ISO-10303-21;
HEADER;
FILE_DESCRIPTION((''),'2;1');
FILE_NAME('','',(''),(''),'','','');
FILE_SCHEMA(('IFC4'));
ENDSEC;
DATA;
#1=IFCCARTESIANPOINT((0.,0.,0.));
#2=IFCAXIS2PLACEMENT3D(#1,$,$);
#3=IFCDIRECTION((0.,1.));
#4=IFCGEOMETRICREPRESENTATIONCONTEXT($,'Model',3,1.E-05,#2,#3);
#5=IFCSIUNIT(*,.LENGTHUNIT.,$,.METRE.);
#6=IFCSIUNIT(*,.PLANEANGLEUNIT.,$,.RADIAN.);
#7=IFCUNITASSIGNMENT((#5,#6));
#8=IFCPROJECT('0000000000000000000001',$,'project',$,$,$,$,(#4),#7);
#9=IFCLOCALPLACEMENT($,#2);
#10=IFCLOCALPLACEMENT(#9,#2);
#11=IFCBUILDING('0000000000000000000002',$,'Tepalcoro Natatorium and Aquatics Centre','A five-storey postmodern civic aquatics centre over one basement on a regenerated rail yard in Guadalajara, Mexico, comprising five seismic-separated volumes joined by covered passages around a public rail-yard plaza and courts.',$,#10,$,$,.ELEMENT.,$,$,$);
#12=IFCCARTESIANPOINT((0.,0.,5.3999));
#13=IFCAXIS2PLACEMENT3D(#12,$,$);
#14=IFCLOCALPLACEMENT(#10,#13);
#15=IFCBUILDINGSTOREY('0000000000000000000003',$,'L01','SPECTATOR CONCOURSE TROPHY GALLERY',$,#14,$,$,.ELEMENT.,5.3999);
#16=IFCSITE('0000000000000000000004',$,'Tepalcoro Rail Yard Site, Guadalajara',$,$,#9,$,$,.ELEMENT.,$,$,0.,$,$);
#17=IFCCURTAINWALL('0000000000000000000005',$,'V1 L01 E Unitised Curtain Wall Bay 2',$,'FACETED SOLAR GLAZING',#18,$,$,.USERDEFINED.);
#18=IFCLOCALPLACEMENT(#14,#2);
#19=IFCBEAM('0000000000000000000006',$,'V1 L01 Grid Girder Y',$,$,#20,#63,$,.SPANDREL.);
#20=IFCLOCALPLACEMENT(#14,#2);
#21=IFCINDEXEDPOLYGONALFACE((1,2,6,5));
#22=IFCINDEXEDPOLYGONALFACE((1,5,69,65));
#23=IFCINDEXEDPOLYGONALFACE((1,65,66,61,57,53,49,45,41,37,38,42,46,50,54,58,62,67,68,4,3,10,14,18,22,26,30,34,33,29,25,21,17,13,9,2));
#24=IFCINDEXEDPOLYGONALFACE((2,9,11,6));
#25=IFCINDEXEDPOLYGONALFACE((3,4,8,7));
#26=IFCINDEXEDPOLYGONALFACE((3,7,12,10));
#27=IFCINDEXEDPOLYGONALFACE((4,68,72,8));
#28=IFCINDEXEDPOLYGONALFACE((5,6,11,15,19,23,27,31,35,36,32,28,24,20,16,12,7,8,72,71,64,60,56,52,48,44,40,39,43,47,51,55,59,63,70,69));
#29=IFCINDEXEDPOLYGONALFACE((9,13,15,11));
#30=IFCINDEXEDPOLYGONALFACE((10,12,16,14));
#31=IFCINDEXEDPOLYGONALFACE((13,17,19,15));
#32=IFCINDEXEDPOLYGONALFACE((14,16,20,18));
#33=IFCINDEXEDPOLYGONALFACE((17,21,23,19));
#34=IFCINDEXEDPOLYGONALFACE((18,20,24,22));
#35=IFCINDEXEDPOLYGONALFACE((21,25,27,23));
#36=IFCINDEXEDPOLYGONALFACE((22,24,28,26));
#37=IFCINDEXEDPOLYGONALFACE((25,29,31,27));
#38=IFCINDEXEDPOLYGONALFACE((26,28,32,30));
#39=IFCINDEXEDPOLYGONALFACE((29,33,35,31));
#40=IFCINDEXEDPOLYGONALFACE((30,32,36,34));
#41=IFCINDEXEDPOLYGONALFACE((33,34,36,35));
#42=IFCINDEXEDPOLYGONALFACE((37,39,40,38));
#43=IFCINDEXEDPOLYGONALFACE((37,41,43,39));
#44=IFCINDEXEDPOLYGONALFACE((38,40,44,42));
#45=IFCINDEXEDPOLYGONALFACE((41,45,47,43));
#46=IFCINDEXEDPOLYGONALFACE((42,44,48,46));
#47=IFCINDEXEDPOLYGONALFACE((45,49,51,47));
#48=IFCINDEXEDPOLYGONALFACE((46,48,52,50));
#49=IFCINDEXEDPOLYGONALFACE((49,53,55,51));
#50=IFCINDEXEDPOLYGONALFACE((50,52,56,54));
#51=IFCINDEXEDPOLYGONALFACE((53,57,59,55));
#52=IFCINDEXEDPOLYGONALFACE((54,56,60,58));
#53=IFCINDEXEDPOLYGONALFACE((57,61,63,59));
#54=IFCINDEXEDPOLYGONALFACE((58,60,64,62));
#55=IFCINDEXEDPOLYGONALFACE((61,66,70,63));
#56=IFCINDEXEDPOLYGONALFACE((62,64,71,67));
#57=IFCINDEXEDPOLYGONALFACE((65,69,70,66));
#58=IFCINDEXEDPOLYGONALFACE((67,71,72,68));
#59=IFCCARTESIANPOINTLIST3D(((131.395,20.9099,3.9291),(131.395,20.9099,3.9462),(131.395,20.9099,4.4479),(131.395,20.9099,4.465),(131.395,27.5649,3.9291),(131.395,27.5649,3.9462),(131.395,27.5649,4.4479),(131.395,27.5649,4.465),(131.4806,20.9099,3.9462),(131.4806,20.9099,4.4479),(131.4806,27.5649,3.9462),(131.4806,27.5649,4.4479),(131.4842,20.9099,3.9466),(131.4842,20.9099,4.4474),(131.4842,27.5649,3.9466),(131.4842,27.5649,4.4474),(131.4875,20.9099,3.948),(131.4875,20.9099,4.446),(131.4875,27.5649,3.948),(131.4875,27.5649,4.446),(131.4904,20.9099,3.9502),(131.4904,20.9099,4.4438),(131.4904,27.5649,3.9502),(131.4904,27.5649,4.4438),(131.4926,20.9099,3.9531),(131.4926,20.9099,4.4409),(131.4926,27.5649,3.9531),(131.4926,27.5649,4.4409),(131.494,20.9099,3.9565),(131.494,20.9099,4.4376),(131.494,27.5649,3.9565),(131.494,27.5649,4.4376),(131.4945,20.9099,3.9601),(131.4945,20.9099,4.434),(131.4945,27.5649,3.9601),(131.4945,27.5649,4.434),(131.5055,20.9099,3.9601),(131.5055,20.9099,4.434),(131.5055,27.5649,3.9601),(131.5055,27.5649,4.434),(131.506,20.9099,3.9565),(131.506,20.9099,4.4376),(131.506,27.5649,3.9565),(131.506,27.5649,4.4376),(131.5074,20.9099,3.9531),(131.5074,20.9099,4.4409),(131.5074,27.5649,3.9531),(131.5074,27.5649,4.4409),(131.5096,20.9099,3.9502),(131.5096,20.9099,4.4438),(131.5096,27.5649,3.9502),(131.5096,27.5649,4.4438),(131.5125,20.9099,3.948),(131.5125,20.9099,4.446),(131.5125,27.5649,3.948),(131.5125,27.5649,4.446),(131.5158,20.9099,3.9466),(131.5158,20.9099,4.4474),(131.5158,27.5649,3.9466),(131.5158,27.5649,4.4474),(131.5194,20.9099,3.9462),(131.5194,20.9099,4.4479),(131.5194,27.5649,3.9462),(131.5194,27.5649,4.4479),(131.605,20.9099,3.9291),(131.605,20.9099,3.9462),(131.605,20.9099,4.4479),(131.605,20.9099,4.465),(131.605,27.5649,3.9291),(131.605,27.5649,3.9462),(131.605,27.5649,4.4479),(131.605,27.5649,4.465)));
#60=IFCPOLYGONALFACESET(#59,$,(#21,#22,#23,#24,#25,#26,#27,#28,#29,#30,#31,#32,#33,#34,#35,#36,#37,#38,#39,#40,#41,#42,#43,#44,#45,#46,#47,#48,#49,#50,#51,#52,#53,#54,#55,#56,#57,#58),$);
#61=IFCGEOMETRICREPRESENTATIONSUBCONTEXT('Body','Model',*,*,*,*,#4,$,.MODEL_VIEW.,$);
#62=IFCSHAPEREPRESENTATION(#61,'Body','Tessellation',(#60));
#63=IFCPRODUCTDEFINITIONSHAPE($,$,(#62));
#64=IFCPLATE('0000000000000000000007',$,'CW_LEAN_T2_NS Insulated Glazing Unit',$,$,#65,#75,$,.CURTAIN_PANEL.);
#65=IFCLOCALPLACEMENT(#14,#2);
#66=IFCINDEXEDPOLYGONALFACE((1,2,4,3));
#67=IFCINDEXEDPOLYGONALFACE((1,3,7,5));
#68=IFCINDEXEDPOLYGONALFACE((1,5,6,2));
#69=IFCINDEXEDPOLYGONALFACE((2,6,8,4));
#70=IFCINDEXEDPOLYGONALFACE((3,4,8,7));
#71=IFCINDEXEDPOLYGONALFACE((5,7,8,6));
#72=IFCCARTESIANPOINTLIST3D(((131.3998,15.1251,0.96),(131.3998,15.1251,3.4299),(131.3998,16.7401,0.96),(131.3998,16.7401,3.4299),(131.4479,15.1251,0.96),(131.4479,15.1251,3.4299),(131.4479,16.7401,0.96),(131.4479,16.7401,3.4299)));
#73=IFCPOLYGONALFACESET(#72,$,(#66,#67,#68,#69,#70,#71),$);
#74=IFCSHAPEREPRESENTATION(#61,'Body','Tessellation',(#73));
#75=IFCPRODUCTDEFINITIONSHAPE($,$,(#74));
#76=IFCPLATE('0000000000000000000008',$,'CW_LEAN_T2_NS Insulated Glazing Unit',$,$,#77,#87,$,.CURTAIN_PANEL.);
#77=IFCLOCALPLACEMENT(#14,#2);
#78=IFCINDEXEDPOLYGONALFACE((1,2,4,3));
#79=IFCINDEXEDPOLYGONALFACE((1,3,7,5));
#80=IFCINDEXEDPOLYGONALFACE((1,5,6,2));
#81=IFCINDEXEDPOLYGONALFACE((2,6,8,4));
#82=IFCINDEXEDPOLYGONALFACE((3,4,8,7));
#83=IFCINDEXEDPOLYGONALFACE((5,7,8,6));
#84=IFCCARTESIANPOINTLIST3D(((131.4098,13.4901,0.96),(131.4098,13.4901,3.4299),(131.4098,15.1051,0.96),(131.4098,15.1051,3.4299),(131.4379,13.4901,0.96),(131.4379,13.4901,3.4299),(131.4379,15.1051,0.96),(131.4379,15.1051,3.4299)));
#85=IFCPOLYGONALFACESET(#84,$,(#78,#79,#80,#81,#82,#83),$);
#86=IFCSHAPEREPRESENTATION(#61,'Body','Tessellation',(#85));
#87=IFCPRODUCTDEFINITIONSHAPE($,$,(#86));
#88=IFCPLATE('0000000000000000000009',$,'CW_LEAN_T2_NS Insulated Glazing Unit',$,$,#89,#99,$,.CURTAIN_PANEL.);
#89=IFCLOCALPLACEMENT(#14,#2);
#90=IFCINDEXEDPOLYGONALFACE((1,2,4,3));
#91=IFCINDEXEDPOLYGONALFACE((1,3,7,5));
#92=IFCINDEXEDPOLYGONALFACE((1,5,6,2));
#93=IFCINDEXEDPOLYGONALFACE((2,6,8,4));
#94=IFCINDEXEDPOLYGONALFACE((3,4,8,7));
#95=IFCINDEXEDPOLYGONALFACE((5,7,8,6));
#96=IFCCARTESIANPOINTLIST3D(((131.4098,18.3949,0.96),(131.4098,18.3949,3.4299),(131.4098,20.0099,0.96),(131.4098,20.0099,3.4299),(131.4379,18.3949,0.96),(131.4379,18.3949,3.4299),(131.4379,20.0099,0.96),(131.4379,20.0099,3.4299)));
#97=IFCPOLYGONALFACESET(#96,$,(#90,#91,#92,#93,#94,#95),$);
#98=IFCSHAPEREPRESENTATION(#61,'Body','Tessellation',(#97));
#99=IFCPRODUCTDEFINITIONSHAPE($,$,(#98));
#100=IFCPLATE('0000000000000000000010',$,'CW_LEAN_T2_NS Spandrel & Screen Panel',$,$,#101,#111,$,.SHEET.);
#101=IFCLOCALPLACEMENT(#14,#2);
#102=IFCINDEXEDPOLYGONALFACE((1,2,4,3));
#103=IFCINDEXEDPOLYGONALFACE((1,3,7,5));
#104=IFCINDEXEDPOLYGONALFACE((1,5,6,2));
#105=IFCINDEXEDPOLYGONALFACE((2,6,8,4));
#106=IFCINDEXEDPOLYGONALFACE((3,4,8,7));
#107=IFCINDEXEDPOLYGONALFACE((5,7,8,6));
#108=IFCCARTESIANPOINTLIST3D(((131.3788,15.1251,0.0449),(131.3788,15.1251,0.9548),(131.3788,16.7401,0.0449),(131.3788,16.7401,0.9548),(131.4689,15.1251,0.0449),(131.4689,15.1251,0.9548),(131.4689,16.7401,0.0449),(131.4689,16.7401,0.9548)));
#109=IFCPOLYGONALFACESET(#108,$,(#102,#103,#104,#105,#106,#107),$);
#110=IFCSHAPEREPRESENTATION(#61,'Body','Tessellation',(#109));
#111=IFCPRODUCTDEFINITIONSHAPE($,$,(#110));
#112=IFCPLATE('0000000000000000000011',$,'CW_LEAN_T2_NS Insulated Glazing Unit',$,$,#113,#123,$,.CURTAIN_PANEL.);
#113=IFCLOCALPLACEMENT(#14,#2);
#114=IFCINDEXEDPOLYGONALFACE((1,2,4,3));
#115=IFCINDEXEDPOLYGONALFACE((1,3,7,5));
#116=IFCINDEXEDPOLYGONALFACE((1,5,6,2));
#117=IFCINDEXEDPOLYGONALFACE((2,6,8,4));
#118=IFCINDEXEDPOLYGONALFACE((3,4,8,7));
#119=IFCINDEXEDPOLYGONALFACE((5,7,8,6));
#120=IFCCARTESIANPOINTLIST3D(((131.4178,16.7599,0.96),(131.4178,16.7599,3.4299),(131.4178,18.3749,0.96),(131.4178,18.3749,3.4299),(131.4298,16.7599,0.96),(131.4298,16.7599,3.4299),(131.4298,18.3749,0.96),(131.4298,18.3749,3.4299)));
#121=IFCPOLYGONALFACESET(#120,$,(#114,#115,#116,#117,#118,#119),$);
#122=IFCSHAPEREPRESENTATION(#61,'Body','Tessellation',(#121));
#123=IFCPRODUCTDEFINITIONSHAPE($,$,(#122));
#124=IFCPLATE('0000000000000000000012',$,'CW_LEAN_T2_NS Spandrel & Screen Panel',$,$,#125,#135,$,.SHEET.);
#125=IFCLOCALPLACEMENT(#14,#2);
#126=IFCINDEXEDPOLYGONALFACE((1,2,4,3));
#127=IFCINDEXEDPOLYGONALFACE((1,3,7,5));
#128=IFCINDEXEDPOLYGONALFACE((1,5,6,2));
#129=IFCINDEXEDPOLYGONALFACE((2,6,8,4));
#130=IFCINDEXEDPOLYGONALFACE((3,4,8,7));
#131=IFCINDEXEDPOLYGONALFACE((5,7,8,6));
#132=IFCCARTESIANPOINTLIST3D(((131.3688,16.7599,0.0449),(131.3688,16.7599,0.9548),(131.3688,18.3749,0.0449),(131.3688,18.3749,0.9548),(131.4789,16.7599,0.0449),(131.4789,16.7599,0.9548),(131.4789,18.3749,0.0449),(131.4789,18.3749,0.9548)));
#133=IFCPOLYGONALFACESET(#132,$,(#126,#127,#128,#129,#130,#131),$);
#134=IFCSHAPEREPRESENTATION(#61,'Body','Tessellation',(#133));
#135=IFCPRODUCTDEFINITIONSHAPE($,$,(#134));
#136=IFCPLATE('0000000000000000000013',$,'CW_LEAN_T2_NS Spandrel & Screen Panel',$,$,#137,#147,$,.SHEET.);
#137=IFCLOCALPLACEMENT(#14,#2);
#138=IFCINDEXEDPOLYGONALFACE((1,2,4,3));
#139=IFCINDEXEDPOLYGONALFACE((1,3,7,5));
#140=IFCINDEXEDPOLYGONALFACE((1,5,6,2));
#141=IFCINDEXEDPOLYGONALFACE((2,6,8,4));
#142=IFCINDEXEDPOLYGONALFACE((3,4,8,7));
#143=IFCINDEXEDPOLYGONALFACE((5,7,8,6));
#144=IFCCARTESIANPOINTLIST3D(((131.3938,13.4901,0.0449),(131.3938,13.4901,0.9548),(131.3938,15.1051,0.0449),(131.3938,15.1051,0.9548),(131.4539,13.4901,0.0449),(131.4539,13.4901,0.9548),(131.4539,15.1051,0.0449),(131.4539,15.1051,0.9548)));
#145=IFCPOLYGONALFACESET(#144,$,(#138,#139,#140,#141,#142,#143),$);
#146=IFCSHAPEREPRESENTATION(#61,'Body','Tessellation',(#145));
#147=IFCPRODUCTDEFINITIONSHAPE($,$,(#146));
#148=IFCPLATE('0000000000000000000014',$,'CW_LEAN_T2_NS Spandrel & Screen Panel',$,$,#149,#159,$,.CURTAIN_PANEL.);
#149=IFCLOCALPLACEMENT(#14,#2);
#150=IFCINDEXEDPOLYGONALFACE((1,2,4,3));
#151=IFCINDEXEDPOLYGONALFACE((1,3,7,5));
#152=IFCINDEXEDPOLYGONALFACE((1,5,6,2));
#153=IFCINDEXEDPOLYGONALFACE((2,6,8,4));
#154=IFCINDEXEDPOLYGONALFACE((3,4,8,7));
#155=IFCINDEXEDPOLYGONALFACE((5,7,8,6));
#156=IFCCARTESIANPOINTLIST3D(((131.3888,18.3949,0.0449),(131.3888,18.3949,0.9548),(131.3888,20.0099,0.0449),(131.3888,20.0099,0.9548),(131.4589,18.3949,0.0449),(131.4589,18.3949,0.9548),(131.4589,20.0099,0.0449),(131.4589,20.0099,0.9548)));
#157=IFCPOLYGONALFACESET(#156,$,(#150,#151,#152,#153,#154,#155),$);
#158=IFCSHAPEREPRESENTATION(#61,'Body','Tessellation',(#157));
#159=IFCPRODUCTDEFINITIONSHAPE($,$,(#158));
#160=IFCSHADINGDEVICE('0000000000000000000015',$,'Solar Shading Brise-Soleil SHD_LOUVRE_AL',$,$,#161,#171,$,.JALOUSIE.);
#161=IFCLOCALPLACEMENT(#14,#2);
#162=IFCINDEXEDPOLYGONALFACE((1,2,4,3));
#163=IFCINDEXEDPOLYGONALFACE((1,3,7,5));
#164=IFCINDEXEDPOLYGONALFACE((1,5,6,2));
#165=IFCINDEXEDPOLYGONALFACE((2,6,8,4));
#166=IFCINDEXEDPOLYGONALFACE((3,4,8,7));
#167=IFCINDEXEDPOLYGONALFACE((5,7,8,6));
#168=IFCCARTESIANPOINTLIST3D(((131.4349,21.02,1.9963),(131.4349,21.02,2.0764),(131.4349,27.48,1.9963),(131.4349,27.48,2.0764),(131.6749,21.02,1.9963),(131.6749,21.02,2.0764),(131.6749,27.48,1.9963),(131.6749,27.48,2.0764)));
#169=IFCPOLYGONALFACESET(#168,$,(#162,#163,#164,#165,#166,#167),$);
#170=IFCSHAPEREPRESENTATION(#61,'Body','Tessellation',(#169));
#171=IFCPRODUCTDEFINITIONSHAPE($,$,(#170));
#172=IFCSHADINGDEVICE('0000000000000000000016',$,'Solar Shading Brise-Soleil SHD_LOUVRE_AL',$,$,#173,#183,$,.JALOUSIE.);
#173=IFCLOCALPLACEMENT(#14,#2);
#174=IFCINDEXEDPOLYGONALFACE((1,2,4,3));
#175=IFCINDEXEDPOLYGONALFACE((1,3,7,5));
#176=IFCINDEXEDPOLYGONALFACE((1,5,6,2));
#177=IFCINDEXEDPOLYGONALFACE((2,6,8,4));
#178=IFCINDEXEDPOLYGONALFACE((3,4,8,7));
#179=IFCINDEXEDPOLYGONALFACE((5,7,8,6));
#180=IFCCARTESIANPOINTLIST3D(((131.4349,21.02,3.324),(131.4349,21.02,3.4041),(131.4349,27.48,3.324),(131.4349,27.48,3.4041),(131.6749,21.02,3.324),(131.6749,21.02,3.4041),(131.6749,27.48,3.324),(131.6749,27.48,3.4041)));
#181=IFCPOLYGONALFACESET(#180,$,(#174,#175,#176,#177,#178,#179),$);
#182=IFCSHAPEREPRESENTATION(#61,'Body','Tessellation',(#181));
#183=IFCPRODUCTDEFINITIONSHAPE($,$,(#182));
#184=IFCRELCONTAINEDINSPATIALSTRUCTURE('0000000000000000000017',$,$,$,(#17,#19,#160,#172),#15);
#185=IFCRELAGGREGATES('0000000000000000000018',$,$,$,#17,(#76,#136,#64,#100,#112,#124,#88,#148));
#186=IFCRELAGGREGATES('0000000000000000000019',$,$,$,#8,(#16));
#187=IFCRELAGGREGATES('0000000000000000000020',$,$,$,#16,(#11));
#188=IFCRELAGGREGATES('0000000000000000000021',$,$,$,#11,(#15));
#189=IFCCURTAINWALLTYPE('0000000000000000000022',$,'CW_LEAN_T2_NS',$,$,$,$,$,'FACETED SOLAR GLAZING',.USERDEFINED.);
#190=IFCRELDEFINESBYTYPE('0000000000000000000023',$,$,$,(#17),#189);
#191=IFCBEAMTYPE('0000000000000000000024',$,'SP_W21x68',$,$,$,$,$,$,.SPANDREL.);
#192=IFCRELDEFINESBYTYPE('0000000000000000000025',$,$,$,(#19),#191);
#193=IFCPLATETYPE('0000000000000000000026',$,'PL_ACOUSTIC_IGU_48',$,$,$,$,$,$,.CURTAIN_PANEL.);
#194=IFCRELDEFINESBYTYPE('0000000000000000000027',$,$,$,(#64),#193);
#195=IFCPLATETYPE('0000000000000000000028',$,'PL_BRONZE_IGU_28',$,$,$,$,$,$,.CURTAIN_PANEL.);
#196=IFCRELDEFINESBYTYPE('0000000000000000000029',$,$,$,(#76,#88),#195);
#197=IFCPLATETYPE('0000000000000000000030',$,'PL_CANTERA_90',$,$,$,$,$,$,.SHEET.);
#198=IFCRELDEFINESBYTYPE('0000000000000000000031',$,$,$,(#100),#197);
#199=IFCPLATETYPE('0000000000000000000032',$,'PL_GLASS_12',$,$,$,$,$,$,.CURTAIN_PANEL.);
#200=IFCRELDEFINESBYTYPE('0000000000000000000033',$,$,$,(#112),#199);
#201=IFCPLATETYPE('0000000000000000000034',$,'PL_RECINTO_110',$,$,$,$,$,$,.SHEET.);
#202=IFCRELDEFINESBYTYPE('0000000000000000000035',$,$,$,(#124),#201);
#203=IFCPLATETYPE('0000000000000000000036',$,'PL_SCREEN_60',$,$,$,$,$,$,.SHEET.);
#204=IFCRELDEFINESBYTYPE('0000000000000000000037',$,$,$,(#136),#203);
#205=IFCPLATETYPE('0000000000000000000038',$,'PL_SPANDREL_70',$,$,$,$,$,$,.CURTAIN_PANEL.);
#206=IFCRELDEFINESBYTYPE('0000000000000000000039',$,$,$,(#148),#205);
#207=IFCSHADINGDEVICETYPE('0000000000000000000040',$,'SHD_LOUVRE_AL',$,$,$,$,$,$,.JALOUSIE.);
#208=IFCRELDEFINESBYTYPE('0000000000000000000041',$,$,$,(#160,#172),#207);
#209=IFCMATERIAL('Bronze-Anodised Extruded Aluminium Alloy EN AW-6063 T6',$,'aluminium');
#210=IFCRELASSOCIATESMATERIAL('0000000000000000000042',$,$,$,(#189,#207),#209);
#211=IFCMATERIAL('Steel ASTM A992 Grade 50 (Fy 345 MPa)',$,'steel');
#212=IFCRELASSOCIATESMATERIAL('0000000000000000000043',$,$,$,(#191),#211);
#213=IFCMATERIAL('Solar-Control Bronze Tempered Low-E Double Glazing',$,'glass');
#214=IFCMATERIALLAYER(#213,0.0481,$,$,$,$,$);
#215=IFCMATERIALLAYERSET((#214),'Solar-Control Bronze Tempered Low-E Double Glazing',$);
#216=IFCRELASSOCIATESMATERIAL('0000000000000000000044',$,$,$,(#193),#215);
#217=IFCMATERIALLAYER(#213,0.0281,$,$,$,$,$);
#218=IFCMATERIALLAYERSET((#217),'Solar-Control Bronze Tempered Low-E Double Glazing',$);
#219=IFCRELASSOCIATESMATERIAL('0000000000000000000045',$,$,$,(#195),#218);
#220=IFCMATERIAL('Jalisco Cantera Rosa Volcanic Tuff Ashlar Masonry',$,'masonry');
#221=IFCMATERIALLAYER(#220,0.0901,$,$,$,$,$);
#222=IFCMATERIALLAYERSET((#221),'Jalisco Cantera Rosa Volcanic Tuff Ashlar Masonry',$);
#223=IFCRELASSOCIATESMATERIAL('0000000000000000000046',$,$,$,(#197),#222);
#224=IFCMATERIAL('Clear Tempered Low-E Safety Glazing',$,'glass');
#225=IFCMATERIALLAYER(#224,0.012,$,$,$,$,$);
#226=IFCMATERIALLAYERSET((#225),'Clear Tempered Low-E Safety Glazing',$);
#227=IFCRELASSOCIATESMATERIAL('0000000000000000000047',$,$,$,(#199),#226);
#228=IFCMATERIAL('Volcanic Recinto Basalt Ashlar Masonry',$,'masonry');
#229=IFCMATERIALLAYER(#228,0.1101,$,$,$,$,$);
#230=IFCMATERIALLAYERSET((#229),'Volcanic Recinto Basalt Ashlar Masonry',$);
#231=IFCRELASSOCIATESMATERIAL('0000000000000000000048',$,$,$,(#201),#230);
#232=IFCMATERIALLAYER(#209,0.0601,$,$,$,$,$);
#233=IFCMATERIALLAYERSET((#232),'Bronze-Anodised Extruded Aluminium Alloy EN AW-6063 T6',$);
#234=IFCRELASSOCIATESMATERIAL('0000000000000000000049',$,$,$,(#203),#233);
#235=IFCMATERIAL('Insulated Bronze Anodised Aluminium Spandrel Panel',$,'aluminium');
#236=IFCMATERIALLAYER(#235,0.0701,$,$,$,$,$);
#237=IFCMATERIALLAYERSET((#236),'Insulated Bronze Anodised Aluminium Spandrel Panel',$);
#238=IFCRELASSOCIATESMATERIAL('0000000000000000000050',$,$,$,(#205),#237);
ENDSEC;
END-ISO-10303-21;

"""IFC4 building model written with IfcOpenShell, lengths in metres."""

from ifc_helpers import new_model, si_unit, direction, frame, origin, origin_2d, place, context, subcontext, project, spatial, rectangle, i_section, extrude, material, layer, layer_set, material_profile, profile_set, type_object, element, aggregate, save


model = new_model("IFC4")

# Units and contexts
model_context = context("Model", 3, precision=1e-05, world=origin(), true_north=direction((0.0, 1.0)))
body_context = subcontext(model_context, "Body", "Model", "MODEL_VIEW")
ifc_project = project(units=[si_unit("LENGTHUNIT", "METRE"), si_unit("PLANEANGLEUNIT", "RADIAN")], contexts=[model_context])

# Site, building, storey
site_placement = place(None, origin())
site = spatial("IfcSite", under=ifc_project, at=site_placement, Name="Tepalcoro Rail Yard Site, Guadalajara", CompositionType="ELEMENT", RefElevation=0.0)
building_placement = place(site_placement, origin())
building = spatial("IfcBuilding", under=site, at=building_placement, Name="Tepalcoro Natatorium and Aquatics Centre", Description="A five-storey postmodern civic aquatics centre over one basement on a regenerated rail yard in Guadalajara, Mexico, comprising five seismic-separated volumes joined by covered passages around a public rail-yard plaza and courts.", CompositionType="ELEMENT")
storey_placement = place(building_placement, frame((0.0, 0.0, 5.3999)))
storey = spatial("IfcBuildingStorey", under=building, at=storey_placement, Name="L01", Description="SPECTATOR CONCOURSE TROPHY GALLERY", CompositionType="ELEMENT", Elevation=5.3999)

# Curtain wall
ifc_material_1 = material(Name="Bronze-Anodised Extruded Aluminium Alloy EN AW-6063 T6", Category="aluminium")
curtain_wall_type_1 = type_object("IfcCurtainWallType", Name="CW_LEAN_T2_NS", ElementType="FACETED SOLAR GLAZING", PredefinedType="USERDEFINED", material=ifc_material_1)
curtain_wall_1_placement = place(storey_placement, origin())
curtain_wall_1 = element("IfcCurtainWall", 1, at=curtain_wall_1_placement, inside=storey, type_object=curtain_wall_type_1, Name="V1 L01 E Unitised Curtain Wall Bay 2", ObjectType="FACETED SOLAR GLAZING", PredefinedType="USERDEFINED")

# Beam
ifc_material_2 = material(Name="Steel ASTM A992 Grade 50 (Fy 345 MPa)", Category="steel")
ifc_material_profile_1 = material_profile(ifc_material_2, i_section(OverallWidth=0.21, OverallDepth=0.5359, WebThickness=0.011, FlangeThickness=0.0171, FilletRadius=0.0139, at=origin_2d()), Name="W21X68")
ifc_profile_set_1 = profile_set([ifc_material_profile_1], Name="Steel ASTM A992 Grade 50 (Fy 345 MPa)")
beam_type_1 = type_object("IfcBeamType", Name="SP_W21x68", PredefinedType="SPANDREL", material=ifc_profile_set_1)
beam_1_placement = place(storey_placement, frame((131.5, 20.9099, 4.197), z_axis=(0.0, 1.0, 0.0), x_axis=(-1.0, 0.0, 0.0)))
element("IfcBeam", 2, at=beam_1_placement, inside=storey, type_object=beam_type_1, Name="V1 L01 Grid Girder Y", PredefinedType="SPANDREL", context=body_context, shape_type="SweptSolid", body=[
    extrude(i_section(OverallWidth=0.21, OverallDepth=0.5359, WebThickness=0.011, FlangeThickness=0.0171, FilletRadius=0.0139, at=origin_2d()), origin(), (0.0, 0.0, 1.0), 6.655),
])

# Plates
ifc_material_3 = material(Name="Solar-Control Bronze Tempered Low-E Double Glazing", Category="glass")
ifc_layer_1 = layer(ifc_material_3, 0.0481)
ifc_layer_set_1 = layer_set([ifc_layer_1], Name="Solar-Control Bronze Tempered Low-E Double Glazing")
plate_type_1 = type_object("IfcPlateType", Name="PL_ACOUSTIC_IGU_48", PredefinedType="CURTAIN_PANEL", material=ifc_layer_set_1)
plate_1_placement = place(storey_placement, frame((131.4238, 15.9326, 0.96), z_axis=(0.0, 0.0, 1.0), x_axis=(1.0, 0.0, 0.0)))
plate_1 = element("IfcPlate", 3, at=plate_1_placement, type_object=plate_type_1, Name="CW_LEAN_T2_NS Insulated Glazing Unit", PredefinedType="CURTAIN_PANEL", context=body_context, shape_type="SweptSolid", body=[
    extrude(rectangle(XDim=0.0481, YDim=1.615, at=origin_2d()), origin(), (0.0, 0.0, 1.0), 2.47),
])
ifc_layer_2 = layer(ifc_material_3, 0.0281)
ifc_layer_set_2 = layer_set([ifc_layer_2], Name="Solar-Control Bronze Tempered Low-E Double Glazing")
plate_type_2 = type_object("IfcPlateType", Name="PL_BRONZE_IGU_28", PredefinedType="CURTAIN_PANEL", material=ifc_layer_set_2)
plate_2_placement = place(storey_placement, frame((131.4238, 14.2976, 0.96), z_axis=(0.0, 0.0, 1.0), x_axis=(1.0, 0.0, 0.0)))
plate_2 = element("IfcPlate", 4, at=plate_2_placement, type_object=plate_type_2, Name="CW_LEAN_T2_NS Insulated Glazing Unit", PredefinedType="CURTAIN_PANEL", context=body_context, shape_type="SweptSolid", body=[
    extrude(rectangle(XDim=0.0281, YDim=1.615, at=origin_2d()), origin(), (0.0, 0.0, 1.0), 2.47),
])
plate_3_placement = place(storey_placement, frame((131.4238, 19.2024, 0.96), z_axis=(0.0, 0.0, 1.0), x_axis=(1.0, 0.0, 0.0)))
plate_3 = element("IfcPlate", 5, at=plate_3_placement, type_object=plate_type_2, Name="CW_LEAN_T2_NS Insulated Glazing Unit", PredefinedType="CURTAIN_PANEL", context=body_context, shape_type="SweptSolid", body=[
    extrude(rectangle(XDim=0.0281, YDim=1.615, at=origin_2d()), origin(), (0.0, 0.0, 1.0), 2.47),
])
ifc_material_4 = material(Name="Jalisco Cantera Rosa Volcanic Tuff Ashlar Masonry", Category="masonry")
ifc_layer_3 = layer(ifc_material_4, 0.0901)
ifc_layer_set_3 = layer_set([ifc_layer_3], Name="Jalisco Cantera Rosa Volcanic Tuff Ashlar Masonry")
plate_type_3 = type_object("IfcPlateType", Name="PL_CANTERA_90", PredefinedType="SHEET", material=ifc_layer_set_3)
plate_4_placement = place(storey_placement, frame((131.4238, 15.9326, 0.0449), z_axis=(0.0, 0.0, 1.0), x_axis=(1.0, 0.0, 0.0)))
plate_4 = element("IfcPlate", 6, at=plate_4_placement, type_object=plate_type_3, Name="CW_LEAN_T2_NS Spandrel & Screen Panel", PredefinedType="SHEET", context=body_context, shape_type="SweptSolid", body=[
    extrude(rectangle(XDim=0.0901, YDim=1.615, at=origin_2d()), origin(), (0.0, 0.0, 1.0), 0.9099),
])
ifc_material_5 = material(Name="Clear Tempered Low-E Safety Glazing", Category="glass")
ifc_layer_4 = layer(ifc_material_5, 0.012)
ifc_layer_set_4 = layer_set([ifc_layer_4], Name="Clear Tempered Low-E Safety Glazing")
plate_type_4 = type_object("IfcPlateType", Name="PL_GLASS_12", PredefinedType="CURTAIN_PANEL", material=ifc_layer_set_4)
plate_5_placement = place(storey_placement, frame((131.4238, 17.5674, 0.96), z_axis=(0.0, 0.0, 1.0), x_axis=(1.0, 0.0, 0.0)))
plate_5 = element("IfcPlate", 7, at=plate_5_placement, type_object=plate_type_4, Name="CW_LEAN_T2_NS Insulated Glazing Unit", PredefinedType="CURTAIN_PANEL", context=body_context, shape_type="SweptSolid", body=[
    extrude(rectangle(XDim=0.012, YDim=1.615, at=origin_2d()), origin(), (0.0, 0.0, 1.0), 2.47),
])
ifc_material_6 = material(Name="Volcanic Recinto Basalt Ashlar Masonry", Category="masonry")
ifc_layer_5 = layer(ifc_material_6, 0.1101)
ifc_layer_set_5 = layer_set([ifc_layer_5], Name="Volcanic Recinto Basalt Ashlar Masonry")
plate_type_5 = type_object("IfcPlateType", Name="PL_RECINTO_110", PredefinedType="SHEET", material=ifc_layer_set_5)
plate_6_placement = place(storey_placement, frame((131.4238, 17.5674, 0.0449), z_axis=(0.0, 0.0, 1.0), x_axis=(1.0, 0.0, 0.0)))
plate_6 = element("IfcPlate", 8, at=plate_6_placement, type_object=plate_type_5, Name="CW_LEAN_T2_NS Spandrel & Screen Panel", PredefinedType="SHEET", context=body_context, shape_type="SweptSolid", body=[
    extrude(rectangle(XDim=0.1101, YDim=1.615, at=origin_2d()), origin(), (0.0, 0.0, 1.0), 0.9099),
])
ifc_layer_6 = layer(ifc_material_1, 0.0601)
ifc_layer_set_6 = layer_set([ifc_layer_6], Name="Bronze-Anodised Extruded Aluminium Alloy EN AW-6063 T6")
plate_type_6 = type_object("IfcPlateType", Name="PL_SCREEN_60", PredefinedType="SHEET", material=ifc_layer_set_6)
plate_7_placement = place(storey_placement, frame((131.4238, 14.2976, 0.0449), z_axis=(0.0, 0.0, 1.0), x_axis=(1.0, 0.0, 0.0)))
plate_7 = element("IfcPlate", 9, at=plate_7_placement, type_object=plate_type_6, Name="CW_LEAN_T2_NS Spandrel & Screen Panel", PredefinedType="SHEET", context=body_context, shape_type="SweptSolid", body=[
    extrude(rectangle(XDim=0.0601, YDim=1.615, at=origin_2d()), origin(), (0.0, 0.0, 1.0), 0.9099),
])
ifc_material_7 = material(Name="Insulated Bronze Anodised Aluminium Spandrel Panel", Category="aluminium")
ifc_layer_7 = layer(ifc_material_7, 0.0701)
ifc_layer_set_7 = layer_set([ifc_layer_7], Name="Insulated Bronze Anodised Aluminium Spandrel Panel")
plate_type_7 = type_object("IfcPlateType", Name="PL_SPANDREL_70", PredefinedType="CURTAIN_PANEL", material=ifc_layer_set_7)
plate_8_placement = place(storey_placement, frame((131.4238, 19.2024, 0.0449), z_axis=(0.0, 0.0, 1.0), x_axis=(1.0, 0.0, 0.0)))
plate_8 = element("IfcPlate", 10, at=plate_8_placement, type_object=plate_type_7, Name="CW_LEAN_T2_NS Spandrel & Screen Panel", PredefinedType="CURTAIN_PANEL", context=body_context, shape_type="SweptSolid", body=[
    extrude(rectangle(XDim=0.0701, YDim=1.615, at=origin_2d()), origin(), (0.0, 0.0, 1.0), 0.9099),
])
aggregate(curtain_wall_1, [plate_2, plate_7, plate_1, plate_4, plate_5, plate_6, plate_3, plate_8])

# Shading devices
shading_device_type = type_object("IfcShadingDeviceType", Name="SHD_LOUVRE_AL", PredefinedType="JALOUSIE", material=ifc_material_1)
for number, where, z_axis, x_axis, name in (
    (11, (131.5549, 24.25, 1.9963), (0.0, 0.0, 1.0), (1.0, 0.0, 0.0), "Solar Shading Brise-Soleil SHD_LOUVRE_AL"),
    (12, (131.5549, 24.25, 3.324), (0.0, 0.0, 1.0), (1.0, 0.0, 0.0), "Solar Shading Brise-Soleil SHD_LOUVRE_AL"),
):
    element("IfcShadingDevice", number, at=place(storey_placement, frame(where, z_axis=z_axis, x_axis=x_axis)), inside=storey, type_object=shading_device_type, Name=name, PredefinedType="JALOUSIE", context=body_context, shape_type="SweptSolid", body=[
        extrude(rectangle(XDim=0.24, YDim=6.46, at=origin_2d()), origin(), (0.0, 0.0, 1.0), 0.0801),
    ])

save(model, "model.ifc")
